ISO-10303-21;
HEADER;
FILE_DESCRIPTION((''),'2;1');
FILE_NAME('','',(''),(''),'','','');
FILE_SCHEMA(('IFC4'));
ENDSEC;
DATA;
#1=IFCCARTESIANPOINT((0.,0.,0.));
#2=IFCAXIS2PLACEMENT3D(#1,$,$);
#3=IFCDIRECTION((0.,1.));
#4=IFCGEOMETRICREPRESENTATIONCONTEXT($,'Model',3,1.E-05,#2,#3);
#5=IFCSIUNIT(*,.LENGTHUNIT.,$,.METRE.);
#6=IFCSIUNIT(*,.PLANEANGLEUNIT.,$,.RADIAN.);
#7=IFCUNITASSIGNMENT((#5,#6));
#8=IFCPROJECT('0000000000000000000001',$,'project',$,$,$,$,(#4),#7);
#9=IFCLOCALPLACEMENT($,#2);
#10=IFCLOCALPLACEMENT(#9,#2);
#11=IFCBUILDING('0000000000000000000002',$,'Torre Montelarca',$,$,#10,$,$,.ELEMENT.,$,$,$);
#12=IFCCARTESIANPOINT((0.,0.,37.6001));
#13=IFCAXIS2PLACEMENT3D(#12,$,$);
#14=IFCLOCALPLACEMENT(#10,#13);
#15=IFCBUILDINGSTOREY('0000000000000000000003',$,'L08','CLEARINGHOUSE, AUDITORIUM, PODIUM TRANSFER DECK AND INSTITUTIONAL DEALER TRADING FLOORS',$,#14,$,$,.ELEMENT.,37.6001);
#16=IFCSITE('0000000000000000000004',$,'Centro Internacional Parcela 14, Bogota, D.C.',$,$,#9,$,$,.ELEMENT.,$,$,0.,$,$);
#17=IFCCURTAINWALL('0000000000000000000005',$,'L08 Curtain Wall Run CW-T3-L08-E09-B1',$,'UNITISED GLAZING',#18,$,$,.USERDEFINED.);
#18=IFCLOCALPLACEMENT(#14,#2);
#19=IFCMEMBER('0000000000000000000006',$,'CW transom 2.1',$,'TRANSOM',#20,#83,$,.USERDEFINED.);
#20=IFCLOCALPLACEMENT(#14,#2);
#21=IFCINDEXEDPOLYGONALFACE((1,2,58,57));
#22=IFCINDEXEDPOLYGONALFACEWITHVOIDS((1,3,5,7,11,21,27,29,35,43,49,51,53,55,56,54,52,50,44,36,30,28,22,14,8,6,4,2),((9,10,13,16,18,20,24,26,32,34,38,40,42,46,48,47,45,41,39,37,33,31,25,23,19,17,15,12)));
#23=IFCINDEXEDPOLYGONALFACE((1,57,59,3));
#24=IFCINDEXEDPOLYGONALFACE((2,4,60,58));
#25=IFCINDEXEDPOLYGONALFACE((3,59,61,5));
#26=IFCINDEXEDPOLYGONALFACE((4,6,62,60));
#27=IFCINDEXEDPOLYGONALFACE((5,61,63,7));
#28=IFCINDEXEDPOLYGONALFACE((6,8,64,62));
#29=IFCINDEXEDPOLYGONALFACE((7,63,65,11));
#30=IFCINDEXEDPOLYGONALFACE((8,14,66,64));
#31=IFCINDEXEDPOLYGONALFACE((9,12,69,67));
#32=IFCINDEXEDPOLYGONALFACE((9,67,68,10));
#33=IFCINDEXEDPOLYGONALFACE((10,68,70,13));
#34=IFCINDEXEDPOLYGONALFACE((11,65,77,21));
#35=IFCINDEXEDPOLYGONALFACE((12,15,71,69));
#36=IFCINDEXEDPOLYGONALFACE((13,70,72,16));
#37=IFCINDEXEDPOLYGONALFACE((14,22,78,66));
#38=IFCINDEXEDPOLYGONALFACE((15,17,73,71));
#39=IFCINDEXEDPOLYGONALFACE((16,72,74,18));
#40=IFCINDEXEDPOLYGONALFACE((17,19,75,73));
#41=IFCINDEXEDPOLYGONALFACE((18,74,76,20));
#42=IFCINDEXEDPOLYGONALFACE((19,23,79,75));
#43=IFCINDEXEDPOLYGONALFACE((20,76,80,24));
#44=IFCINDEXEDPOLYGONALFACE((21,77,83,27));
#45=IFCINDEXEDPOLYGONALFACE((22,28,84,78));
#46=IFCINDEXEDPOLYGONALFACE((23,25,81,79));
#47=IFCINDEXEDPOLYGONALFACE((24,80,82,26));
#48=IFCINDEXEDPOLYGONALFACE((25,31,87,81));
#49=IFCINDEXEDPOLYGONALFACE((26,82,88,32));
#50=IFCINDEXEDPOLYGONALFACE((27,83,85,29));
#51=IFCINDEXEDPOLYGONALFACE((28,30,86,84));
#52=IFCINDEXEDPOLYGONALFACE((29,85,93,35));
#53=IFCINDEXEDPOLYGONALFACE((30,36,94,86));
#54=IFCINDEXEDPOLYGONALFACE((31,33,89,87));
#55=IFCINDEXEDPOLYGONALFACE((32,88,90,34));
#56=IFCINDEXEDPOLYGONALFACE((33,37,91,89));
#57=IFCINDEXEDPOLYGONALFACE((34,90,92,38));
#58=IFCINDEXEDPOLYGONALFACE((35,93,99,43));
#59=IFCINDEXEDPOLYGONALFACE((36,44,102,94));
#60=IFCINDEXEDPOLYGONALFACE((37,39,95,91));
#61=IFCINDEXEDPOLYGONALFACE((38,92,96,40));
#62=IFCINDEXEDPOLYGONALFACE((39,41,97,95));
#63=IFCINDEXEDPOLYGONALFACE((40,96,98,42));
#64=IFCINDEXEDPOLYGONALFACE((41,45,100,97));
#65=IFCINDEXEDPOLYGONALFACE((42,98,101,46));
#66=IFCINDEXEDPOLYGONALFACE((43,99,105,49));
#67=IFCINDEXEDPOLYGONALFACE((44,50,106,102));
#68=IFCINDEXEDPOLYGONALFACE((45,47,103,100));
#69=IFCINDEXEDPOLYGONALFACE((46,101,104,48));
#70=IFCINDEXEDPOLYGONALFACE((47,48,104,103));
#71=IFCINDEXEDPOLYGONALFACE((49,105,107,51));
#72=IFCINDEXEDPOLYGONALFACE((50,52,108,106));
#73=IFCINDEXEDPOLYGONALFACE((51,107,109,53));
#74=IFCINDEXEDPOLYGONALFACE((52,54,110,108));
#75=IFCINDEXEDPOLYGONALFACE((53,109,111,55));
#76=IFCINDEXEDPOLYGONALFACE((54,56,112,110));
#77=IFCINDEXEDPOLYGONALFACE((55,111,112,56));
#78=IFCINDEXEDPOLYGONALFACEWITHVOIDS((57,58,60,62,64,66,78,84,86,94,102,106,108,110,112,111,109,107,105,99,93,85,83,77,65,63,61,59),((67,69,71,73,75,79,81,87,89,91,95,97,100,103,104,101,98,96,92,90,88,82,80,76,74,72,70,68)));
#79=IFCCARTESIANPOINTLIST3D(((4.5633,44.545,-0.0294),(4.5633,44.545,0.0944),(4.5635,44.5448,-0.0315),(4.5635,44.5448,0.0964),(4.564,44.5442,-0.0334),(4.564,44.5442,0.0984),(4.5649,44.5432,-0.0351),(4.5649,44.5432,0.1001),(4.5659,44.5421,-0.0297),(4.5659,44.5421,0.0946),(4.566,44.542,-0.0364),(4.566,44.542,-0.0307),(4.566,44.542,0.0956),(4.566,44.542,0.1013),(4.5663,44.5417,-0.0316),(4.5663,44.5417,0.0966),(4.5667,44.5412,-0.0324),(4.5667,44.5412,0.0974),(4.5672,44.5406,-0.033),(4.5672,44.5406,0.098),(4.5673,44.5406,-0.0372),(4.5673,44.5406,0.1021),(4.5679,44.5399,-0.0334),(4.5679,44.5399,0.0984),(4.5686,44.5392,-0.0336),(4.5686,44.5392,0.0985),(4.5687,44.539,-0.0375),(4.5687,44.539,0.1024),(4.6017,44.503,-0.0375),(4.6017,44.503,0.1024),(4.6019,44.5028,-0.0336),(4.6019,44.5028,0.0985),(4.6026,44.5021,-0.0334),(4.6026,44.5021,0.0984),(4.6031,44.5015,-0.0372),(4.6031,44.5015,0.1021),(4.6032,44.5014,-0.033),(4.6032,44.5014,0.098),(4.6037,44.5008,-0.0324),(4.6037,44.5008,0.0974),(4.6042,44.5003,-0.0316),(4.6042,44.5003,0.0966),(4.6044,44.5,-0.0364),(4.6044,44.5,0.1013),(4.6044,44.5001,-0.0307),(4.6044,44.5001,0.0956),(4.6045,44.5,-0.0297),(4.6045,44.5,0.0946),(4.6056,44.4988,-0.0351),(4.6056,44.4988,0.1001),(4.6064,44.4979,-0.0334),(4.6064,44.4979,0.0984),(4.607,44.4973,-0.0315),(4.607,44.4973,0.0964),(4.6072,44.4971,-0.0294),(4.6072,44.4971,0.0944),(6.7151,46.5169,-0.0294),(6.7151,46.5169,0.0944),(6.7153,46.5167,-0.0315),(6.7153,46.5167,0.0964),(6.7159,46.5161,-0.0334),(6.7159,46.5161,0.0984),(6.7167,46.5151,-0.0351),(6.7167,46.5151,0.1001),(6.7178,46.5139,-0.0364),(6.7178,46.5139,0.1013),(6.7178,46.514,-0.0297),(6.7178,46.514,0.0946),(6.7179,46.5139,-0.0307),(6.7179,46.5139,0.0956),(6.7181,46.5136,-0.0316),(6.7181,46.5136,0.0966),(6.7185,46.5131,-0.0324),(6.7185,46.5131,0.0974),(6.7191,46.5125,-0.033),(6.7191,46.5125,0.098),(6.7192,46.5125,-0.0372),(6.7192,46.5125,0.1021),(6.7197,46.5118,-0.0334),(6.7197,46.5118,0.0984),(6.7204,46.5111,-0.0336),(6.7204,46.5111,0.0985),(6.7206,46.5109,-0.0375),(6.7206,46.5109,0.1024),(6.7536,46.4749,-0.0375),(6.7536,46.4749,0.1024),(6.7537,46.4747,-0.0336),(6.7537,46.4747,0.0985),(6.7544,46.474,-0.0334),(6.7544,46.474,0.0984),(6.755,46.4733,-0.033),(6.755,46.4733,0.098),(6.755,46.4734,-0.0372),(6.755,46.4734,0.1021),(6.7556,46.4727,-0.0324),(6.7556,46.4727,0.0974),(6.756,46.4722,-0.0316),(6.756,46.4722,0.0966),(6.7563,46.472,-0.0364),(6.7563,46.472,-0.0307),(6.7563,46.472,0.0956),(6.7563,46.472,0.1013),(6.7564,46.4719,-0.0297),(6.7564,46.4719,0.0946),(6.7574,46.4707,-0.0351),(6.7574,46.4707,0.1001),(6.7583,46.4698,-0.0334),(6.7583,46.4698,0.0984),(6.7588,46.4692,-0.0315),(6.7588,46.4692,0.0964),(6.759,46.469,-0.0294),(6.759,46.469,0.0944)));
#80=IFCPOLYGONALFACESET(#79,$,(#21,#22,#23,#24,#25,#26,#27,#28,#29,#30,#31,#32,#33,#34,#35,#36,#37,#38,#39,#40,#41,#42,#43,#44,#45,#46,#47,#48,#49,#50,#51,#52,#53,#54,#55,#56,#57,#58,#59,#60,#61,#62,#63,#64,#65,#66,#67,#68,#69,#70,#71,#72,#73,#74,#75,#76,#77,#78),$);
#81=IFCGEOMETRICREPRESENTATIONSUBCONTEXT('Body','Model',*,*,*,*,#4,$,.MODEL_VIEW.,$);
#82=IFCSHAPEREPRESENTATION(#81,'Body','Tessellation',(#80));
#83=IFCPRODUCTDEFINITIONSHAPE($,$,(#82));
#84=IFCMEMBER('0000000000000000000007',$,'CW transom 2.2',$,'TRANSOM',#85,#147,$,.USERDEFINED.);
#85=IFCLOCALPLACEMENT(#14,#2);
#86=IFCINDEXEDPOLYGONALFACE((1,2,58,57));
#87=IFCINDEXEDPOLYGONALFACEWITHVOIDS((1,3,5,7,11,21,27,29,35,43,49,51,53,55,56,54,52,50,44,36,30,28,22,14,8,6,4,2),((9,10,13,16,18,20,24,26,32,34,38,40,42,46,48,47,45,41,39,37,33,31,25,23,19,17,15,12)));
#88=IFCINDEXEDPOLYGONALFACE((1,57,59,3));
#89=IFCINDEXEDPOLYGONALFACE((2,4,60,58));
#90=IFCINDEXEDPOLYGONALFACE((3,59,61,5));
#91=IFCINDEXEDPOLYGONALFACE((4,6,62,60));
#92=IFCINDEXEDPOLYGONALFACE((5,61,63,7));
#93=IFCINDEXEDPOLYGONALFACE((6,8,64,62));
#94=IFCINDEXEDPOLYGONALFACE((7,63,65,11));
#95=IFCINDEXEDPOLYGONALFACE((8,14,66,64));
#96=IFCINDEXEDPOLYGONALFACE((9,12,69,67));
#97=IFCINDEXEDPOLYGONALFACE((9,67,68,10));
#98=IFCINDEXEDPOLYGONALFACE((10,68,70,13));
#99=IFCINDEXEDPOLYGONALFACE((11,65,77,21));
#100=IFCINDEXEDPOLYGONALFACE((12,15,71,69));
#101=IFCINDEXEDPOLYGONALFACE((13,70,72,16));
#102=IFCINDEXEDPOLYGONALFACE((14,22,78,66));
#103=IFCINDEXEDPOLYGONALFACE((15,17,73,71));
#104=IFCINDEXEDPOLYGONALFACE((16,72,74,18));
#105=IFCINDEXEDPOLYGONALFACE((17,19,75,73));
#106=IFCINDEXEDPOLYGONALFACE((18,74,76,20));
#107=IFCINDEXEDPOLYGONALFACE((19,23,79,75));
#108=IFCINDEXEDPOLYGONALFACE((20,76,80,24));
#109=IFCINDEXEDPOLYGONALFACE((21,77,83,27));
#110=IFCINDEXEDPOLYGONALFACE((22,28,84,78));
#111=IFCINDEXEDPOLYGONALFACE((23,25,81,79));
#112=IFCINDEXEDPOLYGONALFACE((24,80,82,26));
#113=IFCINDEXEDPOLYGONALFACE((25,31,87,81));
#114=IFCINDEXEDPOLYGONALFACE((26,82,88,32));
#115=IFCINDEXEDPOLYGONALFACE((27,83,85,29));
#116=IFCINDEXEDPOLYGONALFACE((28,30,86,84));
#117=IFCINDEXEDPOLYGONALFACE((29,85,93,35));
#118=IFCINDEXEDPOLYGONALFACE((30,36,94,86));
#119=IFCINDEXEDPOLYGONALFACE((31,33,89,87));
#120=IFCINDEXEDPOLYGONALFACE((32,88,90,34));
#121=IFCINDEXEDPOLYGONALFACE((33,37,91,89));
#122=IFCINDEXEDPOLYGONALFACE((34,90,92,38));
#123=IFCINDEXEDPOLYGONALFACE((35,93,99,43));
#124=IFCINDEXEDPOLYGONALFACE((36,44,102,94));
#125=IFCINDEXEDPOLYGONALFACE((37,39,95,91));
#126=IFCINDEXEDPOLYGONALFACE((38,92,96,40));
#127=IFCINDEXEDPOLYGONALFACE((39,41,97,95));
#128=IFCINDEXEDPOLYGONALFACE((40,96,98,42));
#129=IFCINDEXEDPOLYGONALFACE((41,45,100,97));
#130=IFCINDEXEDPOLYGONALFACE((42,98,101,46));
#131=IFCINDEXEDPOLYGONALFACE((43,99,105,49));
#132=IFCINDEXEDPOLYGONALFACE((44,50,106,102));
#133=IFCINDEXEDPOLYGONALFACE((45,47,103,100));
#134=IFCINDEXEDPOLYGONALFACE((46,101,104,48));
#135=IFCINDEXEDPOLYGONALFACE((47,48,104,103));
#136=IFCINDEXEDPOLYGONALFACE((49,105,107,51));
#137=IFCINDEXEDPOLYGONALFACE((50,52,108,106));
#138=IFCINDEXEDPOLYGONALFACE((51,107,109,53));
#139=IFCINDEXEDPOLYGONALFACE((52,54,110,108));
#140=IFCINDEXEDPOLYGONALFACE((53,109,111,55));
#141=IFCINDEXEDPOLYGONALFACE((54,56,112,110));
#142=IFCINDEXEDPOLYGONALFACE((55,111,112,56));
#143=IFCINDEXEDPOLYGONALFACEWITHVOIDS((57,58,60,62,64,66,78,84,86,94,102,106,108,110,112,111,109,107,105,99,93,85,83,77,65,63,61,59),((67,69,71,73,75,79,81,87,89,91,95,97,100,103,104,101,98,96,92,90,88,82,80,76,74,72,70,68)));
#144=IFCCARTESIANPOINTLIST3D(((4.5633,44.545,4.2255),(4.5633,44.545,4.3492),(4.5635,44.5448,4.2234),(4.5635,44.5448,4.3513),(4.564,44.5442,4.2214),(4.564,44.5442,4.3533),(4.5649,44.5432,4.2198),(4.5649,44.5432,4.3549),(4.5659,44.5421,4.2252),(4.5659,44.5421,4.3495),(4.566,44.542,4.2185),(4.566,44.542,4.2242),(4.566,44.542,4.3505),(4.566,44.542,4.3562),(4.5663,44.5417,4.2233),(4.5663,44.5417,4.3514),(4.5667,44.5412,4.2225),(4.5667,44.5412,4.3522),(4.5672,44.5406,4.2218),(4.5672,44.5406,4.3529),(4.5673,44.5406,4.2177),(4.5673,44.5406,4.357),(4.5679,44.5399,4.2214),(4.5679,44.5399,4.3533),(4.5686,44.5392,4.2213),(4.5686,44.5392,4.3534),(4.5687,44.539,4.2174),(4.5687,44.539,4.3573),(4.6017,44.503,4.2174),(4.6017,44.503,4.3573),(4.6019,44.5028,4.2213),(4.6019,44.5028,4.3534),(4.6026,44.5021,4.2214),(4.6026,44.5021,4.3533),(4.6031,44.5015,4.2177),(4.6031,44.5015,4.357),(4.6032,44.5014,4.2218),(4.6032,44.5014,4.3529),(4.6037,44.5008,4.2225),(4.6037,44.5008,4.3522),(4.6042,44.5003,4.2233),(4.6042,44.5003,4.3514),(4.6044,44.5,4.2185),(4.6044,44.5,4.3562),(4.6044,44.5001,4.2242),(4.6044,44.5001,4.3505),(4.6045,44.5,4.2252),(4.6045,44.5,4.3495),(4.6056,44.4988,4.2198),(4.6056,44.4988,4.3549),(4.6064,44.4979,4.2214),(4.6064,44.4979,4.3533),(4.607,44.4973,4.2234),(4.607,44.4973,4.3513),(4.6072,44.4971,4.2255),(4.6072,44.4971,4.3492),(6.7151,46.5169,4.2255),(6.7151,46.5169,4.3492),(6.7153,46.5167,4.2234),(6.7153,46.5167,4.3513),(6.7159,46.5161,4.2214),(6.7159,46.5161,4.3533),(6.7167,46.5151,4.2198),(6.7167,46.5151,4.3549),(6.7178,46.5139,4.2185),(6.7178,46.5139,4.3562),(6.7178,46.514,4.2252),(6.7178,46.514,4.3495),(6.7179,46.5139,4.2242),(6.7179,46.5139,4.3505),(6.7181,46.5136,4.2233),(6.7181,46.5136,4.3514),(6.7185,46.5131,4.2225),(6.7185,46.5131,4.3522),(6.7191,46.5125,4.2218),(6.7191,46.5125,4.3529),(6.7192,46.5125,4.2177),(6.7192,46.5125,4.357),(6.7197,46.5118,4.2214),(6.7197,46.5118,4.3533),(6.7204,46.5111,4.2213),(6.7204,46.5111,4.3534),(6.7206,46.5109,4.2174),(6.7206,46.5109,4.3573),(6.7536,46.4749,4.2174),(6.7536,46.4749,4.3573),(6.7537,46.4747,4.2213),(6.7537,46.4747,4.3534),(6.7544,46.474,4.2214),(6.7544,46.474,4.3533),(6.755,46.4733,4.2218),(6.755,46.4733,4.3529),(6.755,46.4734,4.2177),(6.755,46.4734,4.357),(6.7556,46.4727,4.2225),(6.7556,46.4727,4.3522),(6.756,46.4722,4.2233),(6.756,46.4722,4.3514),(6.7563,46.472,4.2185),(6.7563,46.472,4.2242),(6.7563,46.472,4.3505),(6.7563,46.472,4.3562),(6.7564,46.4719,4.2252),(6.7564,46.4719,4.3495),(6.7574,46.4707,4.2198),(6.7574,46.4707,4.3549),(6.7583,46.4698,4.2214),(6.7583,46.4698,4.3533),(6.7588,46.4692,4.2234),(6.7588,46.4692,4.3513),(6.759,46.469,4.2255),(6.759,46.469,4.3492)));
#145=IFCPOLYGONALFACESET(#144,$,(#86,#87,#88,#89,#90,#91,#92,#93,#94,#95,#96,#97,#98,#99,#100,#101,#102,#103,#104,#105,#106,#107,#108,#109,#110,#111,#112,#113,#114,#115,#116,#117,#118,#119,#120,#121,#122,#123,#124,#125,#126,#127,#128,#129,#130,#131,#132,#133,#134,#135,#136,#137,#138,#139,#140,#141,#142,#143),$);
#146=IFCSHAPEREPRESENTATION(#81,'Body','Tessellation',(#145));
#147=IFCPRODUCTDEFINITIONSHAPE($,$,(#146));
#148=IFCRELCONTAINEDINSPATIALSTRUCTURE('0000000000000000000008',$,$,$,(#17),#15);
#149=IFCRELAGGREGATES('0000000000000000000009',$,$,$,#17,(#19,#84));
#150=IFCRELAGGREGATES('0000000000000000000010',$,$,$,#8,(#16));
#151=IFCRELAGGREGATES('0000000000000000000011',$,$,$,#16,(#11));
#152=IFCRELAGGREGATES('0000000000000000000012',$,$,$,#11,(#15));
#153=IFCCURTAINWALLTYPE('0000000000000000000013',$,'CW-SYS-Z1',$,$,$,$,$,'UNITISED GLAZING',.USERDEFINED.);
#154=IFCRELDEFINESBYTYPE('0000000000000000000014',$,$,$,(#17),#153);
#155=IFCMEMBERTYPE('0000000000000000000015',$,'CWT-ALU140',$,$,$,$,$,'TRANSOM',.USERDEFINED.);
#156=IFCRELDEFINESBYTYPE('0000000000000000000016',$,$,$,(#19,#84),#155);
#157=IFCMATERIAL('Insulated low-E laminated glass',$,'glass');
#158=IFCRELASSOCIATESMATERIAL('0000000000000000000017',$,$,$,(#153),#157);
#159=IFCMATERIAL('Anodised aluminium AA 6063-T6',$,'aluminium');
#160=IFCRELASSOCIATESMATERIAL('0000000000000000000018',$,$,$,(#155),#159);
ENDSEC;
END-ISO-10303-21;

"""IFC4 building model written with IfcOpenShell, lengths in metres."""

from ifc_helpers import new_model, si_unit, direction, frame, origin, origin_2d, place, context, subcontext, project, spatial, hollow_rectangle, extrude, source, transform, mapped, material, material_profile, profile_set, type_object, element, aggregate, save


model = new_model("IFC4")

# Units and contexts
model_context = context("Model", 3, precision=1e-05, world=origin(), true_north=direction((0.0, 1.0)))
body_context = subcontext(model_context, "Body", "Model", "MODEL_VIEW")
ifc_project = project(units=[si_unit("LENGTHUNIT", "METRE"), si_unit("PLANEANGLEUNIT", "RADIAN")], contexts=[model_context])

# Site, building, storey
site_placement = place(None, origin())
site = spatial("IfcSite", under=ifc_project, at=site_placement, Name="Centro Internacional Parcela 14, Bogota, D.C.", CompositionType="ELEMENT", RefElevation=0.0)
building_placement = place(site_placement, origin())
building = spatial("IfcBuilding", under=site, at=building_placement, Name="Torre Montelarca", CompositionType="ELEMENT")
storey_placement = place(building_placement, frame((0.0, 0.0, 37.6001)))
storey = spatial("IfcBuildingStorey", under=building, at=storey_placement, Name="L08", Description="CLEARINGHOUSE, AUDITORIUM, PODIUM TRANSFER DECK AND INSTITUTIONAL DEALER TRADING FLOORS", CompositionType="ELEMENT", Elevation=37.6001)

# Curtain wall, members
ifc_material_1 = material(Name="Insulated low-E laminated glass", Category="glass")
curtain_wall_type = type_object("IfcCurtainWallType", Name="CW-SYS-Z1", ElementType="UNITISED GLAZING", PredefinedType="USERDEFINED", material=ifc_material_1)
curtain_wall_1_placement = place(storey_placement, origin())
curtain_wall_1 = element("IfcCurtainWall", 1, at=curtain_wall_1_placement, inside=storey, type_object=curtain_wall_type, Name="L08 Curtain Wall Run CW-T3-L08-E09-B1", ObjectType="UNITISED GLAZING", PredefinedType="USERDEFINED")
ifc_material_2 = material(Name="Anodised aluminium AA 6063-T6", Category="aluminium")
ifc_material_profile_1 = material_profile(ifc_material_2, hollow_rectangle(XDim=0.0649, YDim=0.1399, WallThickness=0.0039, InnerFilletRadius=0.0039, OuterFilletRadius=0.0081, at=origin_2d()), Name="ALU65X140X4", Category="aluminium")
ifc_profile_set_1 = profile_set([ifc_material_profile_1], Name="Anodised aluminium AA 6063-T6")
member_type_1 = type_object("IfcMemberType", Name="CWT-ALU140", ElementType="TRANSOM", PredefinedType="USERDEFINED", material=ifc_profile_set_1)
shared_shape_1 = source(origin(), body_context, "Body", "SweptSolid", [
    extrude(hollow_rectangle(XDim=0.0649, YDim=0.1399, WallThickness=0.0039, InnerFilletRadius=0.0039, OuterFilletRadius=0.0081, at=origin_2d()), origin(), (0.0, 0.0, 1.0), 2.9187),
])
member_1_placement = place(storey_placement, frame((6.7371, 46.4929, 0.0325), z_axis=(-0.737258, -0.675611, 0.0), x_axis=(0.675611, -0.737258, 0.0)))
member_1 = element("IfcMember", 2, at=member_1_placement, type_object=member_type_1, Name="CW transom 2.1", ObjectType="TRANSOM", PredefinedType="USERDEFINED", context=body_context, shape_type="MappedRepresentation", body=[
    mapped(shared_shape_1, transform((0.0, 0.0, 0.0), scale=1.0)),
])
member_2_placement = place(storey_placement, frame((6.7371, 46.4929, 4.2874), z_axis=(-0.737258, -0.675611, 0.0), x_axis=(0.675611, -0.737258, 0.0)))
member_2 = element("IfcMember", 3, at=member_2_placement, type_object=member_type_1, Name="CW transom 2.2", ObjectType="TRANSOM", PredefinedType="USERDEFINED", context=body_context, shape_type="MappedRepresentation", body=[
    mapped(shared_shape_1, transform((0.0, 0.0, 0.0), scale=1.0)),
])

aggregate(curtain_wall_1, [member_1, member_2])

save(model, "model.ifc")
